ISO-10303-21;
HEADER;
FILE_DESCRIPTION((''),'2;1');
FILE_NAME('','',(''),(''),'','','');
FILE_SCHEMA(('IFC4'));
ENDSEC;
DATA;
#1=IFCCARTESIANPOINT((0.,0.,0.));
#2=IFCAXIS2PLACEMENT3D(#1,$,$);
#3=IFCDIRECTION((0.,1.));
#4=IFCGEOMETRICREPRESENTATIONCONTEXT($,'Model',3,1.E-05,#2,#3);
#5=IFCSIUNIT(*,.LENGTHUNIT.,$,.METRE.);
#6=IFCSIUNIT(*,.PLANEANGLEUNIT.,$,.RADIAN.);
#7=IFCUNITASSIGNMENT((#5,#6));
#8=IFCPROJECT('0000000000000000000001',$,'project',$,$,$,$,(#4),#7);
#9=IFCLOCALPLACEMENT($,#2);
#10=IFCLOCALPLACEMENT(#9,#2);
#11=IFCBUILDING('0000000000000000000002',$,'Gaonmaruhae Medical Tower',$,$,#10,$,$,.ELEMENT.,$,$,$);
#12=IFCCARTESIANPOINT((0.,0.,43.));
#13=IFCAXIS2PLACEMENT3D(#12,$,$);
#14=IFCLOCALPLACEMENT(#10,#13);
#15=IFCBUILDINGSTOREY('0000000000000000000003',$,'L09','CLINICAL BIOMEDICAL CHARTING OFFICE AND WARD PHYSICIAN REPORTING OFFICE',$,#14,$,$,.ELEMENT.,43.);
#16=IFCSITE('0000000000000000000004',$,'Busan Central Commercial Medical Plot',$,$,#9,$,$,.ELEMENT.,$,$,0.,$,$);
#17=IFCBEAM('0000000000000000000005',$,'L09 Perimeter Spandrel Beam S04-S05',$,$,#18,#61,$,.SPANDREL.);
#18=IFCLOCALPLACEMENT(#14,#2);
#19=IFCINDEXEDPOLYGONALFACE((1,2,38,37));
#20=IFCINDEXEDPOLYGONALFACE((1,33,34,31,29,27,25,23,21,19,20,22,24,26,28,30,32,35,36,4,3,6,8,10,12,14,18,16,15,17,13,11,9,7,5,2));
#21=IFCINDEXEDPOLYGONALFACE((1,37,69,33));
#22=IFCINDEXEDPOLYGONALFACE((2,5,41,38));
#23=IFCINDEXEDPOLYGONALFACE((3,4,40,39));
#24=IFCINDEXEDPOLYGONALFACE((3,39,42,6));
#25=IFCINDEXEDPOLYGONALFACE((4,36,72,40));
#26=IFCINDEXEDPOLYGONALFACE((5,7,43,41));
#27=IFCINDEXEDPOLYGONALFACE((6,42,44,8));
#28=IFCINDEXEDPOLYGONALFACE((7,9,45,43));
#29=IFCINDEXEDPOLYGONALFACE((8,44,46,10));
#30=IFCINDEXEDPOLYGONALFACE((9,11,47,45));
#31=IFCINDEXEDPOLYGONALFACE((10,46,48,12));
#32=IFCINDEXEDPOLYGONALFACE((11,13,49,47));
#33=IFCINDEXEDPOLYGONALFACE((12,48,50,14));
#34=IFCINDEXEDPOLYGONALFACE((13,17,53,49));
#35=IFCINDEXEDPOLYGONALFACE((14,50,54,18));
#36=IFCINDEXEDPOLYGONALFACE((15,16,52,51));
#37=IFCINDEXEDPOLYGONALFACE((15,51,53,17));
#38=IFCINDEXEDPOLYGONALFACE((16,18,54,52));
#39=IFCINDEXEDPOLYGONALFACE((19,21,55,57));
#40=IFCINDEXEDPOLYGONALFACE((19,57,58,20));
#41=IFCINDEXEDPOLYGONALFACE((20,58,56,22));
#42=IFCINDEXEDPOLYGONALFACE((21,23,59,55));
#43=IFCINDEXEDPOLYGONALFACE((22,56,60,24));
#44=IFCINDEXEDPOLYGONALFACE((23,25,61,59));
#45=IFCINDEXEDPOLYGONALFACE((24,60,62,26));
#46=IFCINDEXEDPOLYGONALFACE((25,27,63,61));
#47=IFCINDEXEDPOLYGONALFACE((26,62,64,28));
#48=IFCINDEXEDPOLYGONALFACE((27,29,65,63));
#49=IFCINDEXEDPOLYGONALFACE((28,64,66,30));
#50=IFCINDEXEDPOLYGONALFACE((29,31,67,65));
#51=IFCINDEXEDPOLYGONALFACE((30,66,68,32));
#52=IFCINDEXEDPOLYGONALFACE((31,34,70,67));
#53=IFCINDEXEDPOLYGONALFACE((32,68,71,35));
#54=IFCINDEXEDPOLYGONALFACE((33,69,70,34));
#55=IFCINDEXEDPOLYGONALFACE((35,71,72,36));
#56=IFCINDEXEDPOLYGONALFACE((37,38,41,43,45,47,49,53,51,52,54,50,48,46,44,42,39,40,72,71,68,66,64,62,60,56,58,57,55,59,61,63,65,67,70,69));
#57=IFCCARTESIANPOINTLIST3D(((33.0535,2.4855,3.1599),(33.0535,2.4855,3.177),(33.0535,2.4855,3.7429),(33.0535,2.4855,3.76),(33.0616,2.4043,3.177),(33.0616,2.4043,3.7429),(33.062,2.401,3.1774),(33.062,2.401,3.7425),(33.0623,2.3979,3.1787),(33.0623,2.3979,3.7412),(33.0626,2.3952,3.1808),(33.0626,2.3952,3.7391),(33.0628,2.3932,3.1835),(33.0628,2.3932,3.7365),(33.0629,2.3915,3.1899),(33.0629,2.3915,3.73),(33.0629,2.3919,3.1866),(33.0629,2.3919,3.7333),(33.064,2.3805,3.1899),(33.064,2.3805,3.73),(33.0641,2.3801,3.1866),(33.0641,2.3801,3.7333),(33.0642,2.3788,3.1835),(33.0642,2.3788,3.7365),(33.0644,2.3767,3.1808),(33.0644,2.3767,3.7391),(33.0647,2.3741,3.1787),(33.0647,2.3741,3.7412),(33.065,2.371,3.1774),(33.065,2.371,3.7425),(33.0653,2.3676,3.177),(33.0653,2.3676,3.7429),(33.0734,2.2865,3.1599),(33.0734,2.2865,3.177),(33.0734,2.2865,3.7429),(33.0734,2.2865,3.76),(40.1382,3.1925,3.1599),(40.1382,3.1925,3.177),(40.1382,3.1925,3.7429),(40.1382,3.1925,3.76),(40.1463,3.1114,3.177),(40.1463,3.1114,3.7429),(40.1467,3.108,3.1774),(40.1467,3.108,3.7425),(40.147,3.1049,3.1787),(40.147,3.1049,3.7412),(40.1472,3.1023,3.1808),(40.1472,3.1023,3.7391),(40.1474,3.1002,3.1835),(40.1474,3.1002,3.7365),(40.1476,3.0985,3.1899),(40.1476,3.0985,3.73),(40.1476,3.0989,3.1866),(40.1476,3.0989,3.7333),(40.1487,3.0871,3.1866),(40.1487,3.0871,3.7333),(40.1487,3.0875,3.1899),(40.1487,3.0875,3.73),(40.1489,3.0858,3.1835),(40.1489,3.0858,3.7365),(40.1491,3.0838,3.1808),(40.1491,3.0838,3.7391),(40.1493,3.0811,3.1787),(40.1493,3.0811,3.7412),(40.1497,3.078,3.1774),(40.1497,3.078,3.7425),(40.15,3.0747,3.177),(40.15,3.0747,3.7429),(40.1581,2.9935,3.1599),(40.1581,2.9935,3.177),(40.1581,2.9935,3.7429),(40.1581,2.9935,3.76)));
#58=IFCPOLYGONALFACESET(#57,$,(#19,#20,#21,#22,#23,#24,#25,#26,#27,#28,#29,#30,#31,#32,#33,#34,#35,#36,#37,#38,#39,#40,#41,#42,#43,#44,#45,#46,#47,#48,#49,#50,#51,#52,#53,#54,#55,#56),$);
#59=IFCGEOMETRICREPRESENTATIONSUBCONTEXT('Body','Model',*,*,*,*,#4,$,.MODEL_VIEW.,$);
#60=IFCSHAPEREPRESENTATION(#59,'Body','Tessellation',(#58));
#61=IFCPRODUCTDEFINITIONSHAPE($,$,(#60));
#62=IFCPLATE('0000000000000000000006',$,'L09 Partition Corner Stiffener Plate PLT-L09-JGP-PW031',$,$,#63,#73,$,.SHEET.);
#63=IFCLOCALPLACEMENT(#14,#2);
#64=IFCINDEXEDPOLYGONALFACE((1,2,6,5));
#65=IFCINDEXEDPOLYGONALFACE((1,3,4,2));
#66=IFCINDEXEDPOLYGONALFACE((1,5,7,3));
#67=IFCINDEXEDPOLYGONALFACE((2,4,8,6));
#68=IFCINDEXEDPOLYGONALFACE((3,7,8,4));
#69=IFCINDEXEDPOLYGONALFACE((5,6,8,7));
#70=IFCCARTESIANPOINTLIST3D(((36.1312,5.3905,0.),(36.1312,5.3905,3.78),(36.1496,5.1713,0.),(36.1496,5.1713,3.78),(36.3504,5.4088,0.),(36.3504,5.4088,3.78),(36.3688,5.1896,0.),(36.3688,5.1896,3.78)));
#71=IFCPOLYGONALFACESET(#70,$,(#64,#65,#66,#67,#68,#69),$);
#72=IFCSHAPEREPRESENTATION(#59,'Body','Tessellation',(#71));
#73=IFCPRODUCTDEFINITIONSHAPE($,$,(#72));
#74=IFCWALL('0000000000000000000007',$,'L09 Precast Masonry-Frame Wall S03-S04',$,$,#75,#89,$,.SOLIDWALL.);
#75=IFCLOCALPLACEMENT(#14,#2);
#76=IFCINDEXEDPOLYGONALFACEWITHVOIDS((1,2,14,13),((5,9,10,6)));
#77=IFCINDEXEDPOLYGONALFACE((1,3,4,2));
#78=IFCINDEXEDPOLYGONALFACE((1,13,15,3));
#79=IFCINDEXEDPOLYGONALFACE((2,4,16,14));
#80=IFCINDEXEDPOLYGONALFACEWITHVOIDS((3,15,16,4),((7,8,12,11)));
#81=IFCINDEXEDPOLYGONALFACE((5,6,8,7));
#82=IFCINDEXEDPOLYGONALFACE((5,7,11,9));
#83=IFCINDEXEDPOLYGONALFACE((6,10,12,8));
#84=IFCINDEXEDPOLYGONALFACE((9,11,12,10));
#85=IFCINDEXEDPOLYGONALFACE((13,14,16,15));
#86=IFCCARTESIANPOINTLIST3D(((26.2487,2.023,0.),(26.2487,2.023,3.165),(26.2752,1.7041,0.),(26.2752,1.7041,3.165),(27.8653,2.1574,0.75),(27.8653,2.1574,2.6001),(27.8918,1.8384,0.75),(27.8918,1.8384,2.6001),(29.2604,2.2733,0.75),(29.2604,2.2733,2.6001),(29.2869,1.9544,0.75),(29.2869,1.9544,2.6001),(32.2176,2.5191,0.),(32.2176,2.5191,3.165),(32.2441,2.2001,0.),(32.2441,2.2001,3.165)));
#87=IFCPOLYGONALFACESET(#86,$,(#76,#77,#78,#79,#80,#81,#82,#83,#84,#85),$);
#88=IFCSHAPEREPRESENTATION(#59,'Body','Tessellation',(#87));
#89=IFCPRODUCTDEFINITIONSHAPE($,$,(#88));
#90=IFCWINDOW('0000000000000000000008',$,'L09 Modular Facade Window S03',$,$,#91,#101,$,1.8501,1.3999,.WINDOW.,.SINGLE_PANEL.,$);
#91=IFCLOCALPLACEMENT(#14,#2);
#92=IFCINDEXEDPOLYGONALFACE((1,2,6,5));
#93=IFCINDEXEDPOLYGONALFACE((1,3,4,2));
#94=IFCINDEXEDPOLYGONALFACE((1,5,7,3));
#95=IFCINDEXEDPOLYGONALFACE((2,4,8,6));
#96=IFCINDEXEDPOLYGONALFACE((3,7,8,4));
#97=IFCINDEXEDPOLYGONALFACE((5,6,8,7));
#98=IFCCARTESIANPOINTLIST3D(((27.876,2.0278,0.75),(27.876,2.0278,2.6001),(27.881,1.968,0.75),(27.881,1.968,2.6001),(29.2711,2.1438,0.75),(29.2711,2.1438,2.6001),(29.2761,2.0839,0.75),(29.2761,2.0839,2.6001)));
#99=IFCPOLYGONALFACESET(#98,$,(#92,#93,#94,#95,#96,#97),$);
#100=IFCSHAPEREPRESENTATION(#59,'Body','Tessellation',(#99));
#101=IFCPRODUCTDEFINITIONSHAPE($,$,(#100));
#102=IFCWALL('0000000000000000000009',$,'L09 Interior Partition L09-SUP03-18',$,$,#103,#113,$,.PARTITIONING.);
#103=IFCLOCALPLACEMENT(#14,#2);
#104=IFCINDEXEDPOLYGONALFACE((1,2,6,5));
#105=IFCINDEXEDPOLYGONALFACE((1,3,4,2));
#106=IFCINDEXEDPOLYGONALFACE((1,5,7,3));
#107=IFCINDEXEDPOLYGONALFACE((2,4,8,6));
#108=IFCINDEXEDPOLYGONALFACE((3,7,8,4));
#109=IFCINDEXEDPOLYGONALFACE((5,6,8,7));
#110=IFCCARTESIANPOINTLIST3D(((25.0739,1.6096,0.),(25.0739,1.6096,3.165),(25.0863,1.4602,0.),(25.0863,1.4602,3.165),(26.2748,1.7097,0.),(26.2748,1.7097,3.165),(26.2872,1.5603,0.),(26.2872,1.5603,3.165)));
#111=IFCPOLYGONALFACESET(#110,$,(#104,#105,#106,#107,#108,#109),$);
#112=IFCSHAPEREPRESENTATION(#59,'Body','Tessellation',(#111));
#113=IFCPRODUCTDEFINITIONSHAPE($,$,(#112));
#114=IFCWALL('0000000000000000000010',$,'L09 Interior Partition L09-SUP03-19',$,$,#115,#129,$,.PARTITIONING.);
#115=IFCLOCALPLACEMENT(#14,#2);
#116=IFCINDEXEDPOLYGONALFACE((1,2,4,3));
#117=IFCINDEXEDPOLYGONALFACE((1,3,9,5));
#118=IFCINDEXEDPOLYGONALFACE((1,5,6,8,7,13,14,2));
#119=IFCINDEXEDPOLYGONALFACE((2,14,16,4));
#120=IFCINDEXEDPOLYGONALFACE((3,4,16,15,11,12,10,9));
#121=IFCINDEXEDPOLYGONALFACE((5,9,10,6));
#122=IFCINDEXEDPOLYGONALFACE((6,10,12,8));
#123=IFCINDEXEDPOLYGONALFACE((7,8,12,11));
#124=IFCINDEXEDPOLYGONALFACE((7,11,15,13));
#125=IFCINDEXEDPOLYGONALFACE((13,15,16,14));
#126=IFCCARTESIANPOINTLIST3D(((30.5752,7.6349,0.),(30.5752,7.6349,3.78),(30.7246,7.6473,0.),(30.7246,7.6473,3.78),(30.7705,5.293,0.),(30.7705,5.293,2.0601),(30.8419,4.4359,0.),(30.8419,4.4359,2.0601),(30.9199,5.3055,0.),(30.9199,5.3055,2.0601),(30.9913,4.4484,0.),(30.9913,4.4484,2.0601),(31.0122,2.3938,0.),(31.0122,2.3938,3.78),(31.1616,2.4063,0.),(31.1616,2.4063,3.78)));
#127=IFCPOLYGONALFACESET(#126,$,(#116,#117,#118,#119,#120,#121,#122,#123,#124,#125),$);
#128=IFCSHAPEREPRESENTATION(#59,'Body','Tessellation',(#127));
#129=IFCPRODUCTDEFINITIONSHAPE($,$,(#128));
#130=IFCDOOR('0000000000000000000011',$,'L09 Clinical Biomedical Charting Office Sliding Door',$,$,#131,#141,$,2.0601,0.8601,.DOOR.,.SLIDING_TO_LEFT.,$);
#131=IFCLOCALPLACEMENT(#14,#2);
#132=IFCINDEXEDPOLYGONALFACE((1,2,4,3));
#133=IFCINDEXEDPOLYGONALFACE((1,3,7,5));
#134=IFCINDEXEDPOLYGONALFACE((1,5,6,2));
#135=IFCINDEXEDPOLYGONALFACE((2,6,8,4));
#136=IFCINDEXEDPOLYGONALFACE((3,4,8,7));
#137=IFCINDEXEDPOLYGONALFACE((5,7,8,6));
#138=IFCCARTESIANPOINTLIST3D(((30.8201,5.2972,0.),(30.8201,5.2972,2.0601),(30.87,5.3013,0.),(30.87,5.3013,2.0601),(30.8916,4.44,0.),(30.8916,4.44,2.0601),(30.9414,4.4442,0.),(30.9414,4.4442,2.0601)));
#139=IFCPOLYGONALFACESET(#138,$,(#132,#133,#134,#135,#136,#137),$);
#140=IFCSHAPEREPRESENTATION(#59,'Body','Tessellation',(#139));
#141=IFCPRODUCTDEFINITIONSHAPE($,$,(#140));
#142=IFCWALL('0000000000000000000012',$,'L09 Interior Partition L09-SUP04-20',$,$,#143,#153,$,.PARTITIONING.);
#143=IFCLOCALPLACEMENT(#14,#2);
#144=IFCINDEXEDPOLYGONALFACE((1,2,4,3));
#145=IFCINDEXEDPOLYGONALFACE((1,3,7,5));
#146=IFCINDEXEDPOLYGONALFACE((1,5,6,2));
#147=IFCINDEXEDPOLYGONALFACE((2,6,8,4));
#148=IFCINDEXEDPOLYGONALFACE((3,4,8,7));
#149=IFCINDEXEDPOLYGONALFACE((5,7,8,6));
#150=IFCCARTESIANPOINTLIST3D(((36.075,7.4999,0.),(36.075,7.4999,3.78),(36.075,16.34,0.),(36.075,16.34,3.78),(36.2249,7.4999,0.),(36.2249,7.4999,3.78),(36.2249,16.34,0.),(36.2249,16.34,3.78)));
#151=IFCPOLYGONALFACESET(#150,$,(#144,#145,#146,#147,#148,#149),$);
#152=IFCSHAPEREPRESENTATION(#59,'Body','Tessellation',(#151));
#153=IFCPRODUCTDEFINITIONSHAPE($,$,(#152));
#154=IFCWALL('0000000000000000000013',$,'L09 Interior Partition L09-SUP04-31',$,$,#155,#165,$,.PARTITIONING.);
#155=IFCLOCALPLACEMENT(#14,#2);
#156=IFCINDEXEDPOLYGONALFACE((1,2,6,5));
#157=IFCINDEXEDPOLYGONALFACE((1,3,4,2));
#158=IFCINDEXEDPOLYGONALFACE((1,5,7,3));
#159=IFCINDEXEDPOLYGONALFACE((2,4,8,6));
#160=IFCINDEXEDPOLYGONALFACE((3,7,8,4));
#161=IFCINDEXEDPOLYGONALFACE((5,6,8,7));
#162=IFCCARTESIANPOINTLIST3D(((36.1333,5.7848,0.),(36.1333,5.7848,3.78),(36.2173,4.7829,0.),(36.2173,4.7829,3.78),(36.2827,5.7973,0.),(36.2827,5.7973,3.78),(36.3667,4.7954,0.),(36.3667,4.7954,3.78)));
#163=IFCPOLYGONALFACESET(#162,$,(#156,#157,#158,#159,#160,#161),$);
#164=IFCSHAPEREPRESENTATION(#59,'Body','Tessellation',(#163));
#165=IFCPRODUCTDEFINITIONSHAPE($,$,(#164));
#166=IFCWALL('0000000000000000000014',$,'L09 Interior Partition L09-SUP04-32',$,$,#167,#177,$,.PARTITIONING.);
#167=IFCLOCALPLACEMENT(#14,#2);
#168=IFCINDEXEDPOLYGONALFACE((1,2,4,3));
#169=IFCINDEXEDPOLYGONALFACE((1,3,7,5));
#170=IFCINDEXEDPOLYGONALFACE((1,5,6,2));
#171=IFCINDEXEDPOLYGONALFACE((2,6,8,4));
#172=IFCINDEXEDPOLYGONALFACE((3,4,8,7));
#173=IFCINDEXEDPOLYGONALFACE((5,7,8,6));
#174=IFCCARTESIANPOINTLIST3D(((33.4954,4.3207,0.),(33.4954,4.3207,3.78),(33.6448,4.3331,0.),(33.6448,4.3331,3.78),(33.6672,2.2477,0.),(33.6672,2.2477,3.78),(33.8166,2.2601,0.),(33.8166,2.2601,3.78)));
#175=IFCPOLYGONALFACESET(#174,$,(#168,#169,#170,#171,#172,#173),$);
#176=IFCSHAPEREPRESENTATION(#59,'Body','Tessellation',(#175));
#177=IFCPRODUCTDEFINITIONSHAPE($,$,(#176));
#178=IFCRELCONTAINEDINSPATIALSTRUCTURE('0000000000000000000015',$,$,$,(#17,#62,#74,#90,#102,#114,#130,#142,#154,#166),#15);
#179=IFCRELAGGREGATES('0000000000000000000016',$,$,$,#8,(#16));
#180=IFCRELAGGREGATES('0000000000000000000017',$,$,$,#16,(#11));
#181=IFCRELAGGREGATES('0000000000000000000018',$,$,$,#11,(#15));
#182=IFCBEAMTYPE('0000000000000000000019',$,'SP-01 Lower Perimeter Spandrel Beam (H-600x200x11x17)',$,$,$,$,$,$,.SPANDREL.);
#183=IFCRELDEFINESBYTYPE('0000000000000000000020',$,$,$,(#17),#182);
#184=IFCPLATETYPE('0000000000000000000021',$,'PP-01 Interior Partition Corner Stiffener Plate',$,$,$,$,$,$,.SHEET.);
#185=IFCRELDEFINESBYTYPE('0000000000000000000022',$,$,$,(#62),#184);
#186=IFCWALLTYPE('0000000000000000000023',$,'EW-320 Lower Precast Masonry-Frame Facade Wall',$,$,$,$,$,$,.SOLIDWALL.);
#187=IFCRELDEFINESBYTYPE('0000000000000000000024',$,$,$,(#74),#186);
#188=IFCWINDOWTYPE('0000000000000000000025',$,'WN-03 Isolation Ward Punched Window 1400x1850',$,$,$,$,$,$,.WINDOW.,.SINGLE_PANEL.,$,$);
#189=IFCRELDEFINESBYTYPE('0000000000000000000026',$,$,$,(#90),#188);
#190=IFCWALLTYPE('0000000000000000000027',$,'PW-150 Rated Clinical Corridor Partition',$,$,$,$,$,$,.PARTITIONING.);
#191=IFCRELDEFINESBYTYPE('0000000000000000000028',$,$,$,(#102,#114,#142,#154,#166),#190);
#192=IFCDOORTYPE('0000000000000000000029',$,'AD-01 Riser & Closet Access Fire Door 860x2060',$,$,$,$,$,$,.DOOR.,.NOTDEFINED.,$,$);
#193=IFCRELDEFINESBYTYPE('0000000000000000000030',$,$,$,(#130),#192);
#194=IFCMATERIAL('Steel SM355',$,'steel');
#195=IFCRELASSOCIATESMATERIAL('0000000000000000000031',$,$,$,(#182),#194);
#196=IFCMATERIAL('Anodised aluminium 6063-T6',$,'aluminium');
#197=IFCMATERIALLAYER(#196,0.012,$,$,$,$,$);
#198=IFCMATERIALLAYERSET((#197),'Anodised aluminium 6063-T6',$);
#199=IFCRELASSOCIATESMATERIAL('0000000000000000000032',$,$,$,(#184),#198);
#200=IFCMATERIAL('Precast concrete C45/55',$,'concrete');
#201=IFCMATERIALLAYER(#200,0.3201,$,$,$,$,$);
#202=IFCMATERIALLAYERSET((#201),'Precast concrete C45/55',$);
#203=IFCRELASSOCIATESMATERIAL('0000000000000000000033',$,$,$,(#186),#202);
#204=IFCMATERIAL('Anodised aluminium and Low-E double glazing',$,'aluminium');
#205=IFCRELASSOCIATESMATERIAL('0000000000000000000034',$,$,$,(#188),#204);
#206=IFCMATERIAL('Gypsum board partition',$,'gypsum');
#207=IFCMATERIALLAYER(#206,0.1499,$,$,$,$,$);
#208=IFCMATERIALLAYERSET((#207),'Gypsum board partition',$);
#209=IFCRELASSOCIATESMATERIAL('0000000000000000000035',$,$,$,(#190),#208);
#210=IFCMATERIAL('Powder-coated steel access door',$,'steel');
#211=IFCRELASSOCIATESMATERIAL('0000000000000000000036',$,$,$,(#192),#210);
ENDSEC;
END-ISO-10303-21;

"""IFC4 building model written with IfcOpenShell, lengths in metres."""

from ifc_helpers import new_model, si_unit, direction, frame, frame_2d, origin, origin_2d, place, context, subcontext, project, spatial, rectangle, i_section, extrude, material, layer, layer_set, material_profile, profile_set, type_object, element, fill, save


model = new_model("IFC4")

# Units and contexts
model_context = context("Model", 3, precision=1e-05, world=origin(), true_north=direction((0.0, 1.0)))
body_context = subcontext(model_context, "Body", "Model", "MODEL_VIEW")
ifc_project = project(units=[si_unit("LENGTHUNIT", "METRE"), si_unit("PLANEANGLEUNIT", "RADIAN")], contexts=[model_context])

# Site, building, storey
site_placement = place(None, origin())
site = spatial("IfcSite", under=ifc_project, at=site_placement, Name="Busan Central Commercial Medical Plot", CompositionType="ELEMENT", RefElevation=0.0)
building_placement = place(site_placement, origin())
building = spatial("IfcBuilding", under=site, at=building_placement, Name="Gaonmaruhae Medical Tower", CompositionType="ELEMENT")
storey_placement = place(building_placement, frame((0.0, 0.0, 43.0)))
storey = spatial("IfcBuildingStorey", under=building, at=storey_placement, Name="L09", Description="CLINICAL BIOMEDICAL CHARTING OFFICE AND WARD PHYSICIAN REPORTING OFFICE", CompositionType="ELEMENT", Elevation=43.0)

# Beam
ifc_material_1 = material(Name="Steel SM355", Category="steel")
ifc_material_profile_1 = material_profile(ifc_material_1, i_section(OverallWidth=0.2, OverallDepth=0.6001, WebThickness=0.011, FlangeThickness=0.0171, FilletRadius=0.0129, at=origin_2d()), Name="H-600x200x11x17")
ifc_profile_set_1 = profile_set([ifc_material_profile_1], Name="Steel SM355")
beam_type_1 = type_object("IfcBeamType", Name="SP-01 Lower Perimeter Spandrel Beam (H-600x200x11x17)", PredefinedType="SPANDREL", material=ifc_profile_set_1)
for number, where, z_axis, x_axis, name in (
    (1, (33.0635, 2.386, 3.46), (0.995057, 0.099303, 0.0), (-0.099303, 0.995057, 0.0), "L09 Perimeter Spandrel Beam S04-S05"),
):
    element("IfcBeam", number, at=place(storey_placement, frame(where, z_axis=z_axis, x_axis=x_axis)), inside=storey, type_object=beam_type_1, Name=name, PredefinedType="SPANDREL", context=body_context, shape_type="SweptSolid", body=[
        extrude(i_section(OverallWidth=0.2, OverallDepth=0.6001, WebThickness=0.011, FlangeThickness=0.0171, FilletRadius=0.0129, at=origin_2d()), origin(), (0.0, 0.0, 1.0), 7.1199),
    ])

# Plate
ifc_material_2 = material(Name="Anodised aluminium 6063-T6", Category="aluminium")
ifc_layer_1 = layer(ifc_material_2, 0.012)
ifc_layer_set_1 = layer_set([ifc_layer_1], Name="Anodised aluminium 6063-T6")
plate_type = type_object("IfcPlateType", Name="PP-01 Interior Partition Corner Stiffener Plate", PredefinedType="SHEET", material=ifc_layer_set_1)
plate_placement = place(storey_placement, frame((36.25, 5.29, 0.0), z_axis=(0.0, 0.0, 1.0), x_axis=(0.083539, -0.996505, 0.0)))
element("IfcPlate", 2, at=plate_placement, inside=storey, type_object=plate_type, Name="L09 Partition Corner Stiffener Plate PLT-L09-JGP-PW031", PredefinedType="SHEET", context=body_context, shape_type="SweptSolid", body=[
    extrude(rectangle(XDim=0.22, YDim=0.22, at=origin_2d()), origin(), (0.0, 0.0, 1.0), 3.78),
])

# Wall, opening, window
ifc_material_3 = material(Name="Precast concrete C45/55", Category="concrete")
ifc_layer_2 = layer(ifc_material_3, 0.3201)
ifc_layer_set_2 = layer_set([ifc_layer_2], Name="Precast concrete C45/55")
wall_type_1 = type_object("IfcWallType", Name="EW-320 Lower Precast Masonry-Frame Facade Wall", PredefinedType="SOLIDWALL", material=ifc_layer_set_2)
wall_1_placement = place(storey_placement, frame((32.2307, 2.3596, 0.0), z_axis=(0.0, 0.0, 1.0), x_axis=(-0.996564, -0.082826, 0.0)))
wall_1 = element("IfcWall", 3, at=wall_1_placement, inside=storey, type_object=wall_type_1, Name="L09 Precast Masonry-Frame Wall S03-S04", PredefinedType="SOLIDWALL", context=body_context, shape_type="SweptSolid", body=[
    extrude(rectangle(XDim=5.9895, YDim=0.3201, at=frame_2d((2.9946, 0.0))), origin(), (0.0, 0.0, 1.0), 3.165),
])
opening_1_placement = place(wall_1_placement, frame((2.9673, 0.0, 0.75)))
opening_1 = element("IfcOpeningElement", 4, at=opening_1_placement, cuts=wall_1, PredefinedType="OPENING", context=body_context, shape_type="SweptSolid", body=[
    extrude(rectangle(XDim=1.3999, YDim=1.8501, at=frame_2d((0.7, 0.925))), frame((0.0, 0.1699, 0.0), z_axis=(0.0, -1.0, 0.0), x_axis=(1.0, 0.0, 0.0)), (0.0, 0.0, 1.0), 0.3401),
])
ifc_material_4 = material(Name="Anodised aluminium and Low-E double glazing", Category="aluminium")
window_type = type_object("IfcWindowType", Name="WN-03 Isolation Ward Punched Window 1400x1850", PartitioningType="SINGLE_PANEL", PredefinedType="WINDOW", material=ifc_material_4)
window_placement = place(opening_1_placement, origin())
window = element("IfcWindow", 5, at=window_placement, inside=storey, type_object=window_type, Name="L09 Modular Facade Window S03", OverallHeight=1.8501, OverallWidth=1.3999, PartitioningType="SINGLE_PANEL", PredefinedType="WINDOW", context=body_context, shape_type="SweptSolid", body=[
    extrude(rectangle(XDim=1.3999, YDim=1.8501, at=frame_2d((0.7, 0.925))), frame((0.0, 0.03, 0.0), z_axis=(0.0, -1.0, 0.0), x_axis=(1.0, 0.0, 0.0)), (0.0, 0.0, 1.0), 0.0601),
])
fill(opening_1, window)

# Wall
ifc_material_5 = material(Name="Gypsum board partition", Category="gypsum")
ifc_layer_3 = layer(ifc_material_5, 0.1499)
ifc_layer_set_3 = layer_set([ifc_layer_3], Name="Gypsum board partition")
wall_type_2 = type_object("IfcWallType", Name="PW-150 Rated Clinical Corridor Partition", PredefinedType="PARTITIONING", material=ifc_layer_set_3)
wall_2_placement = place(storey_placement, frame((26.281, 1.635, 0.0), z_axis=(0.0, 0.0, 1.0), x_axis=(-0.996544, -0.083062, 0.0)))
element("IfcWall", 6, at=wall_2_placement, inside=storey, type_object=wall_type_2, Name="L09 Interior Partition L09-SUP03-18", PredefinedType="PARTITIONING", context=body_context, shape_type="SweptSolid", body=[
    extrude(rectangle(XDim=1.2051, YDim=0.1499, at=frame_2d((0.6025, 0.0))), origin(), (0.0, 0.0, 1.0), 3.165),
])

# Wall, opening, door
wall_3_placement = place(storey_placement, frame((30.6499, 7.6411, 0.0), z_axis=(0.0, 0.0, 1.0), x_axis=(0.083092, -0.996542, 0.0)))
wall_3 = element("IfcWall", 7, at=wall_3_placement, inside=storey, type_object=wall_type_2, Name="L09 Interior Partition L09-SUP03-19", PredefinedType="PARTITIONING", context=body_context, shape_type="SweptSolid", body=[
    extrude(rectangle(XDim=5.2593, YDim=0.1499, at=frame_2d((2.6296, 0.0))), origin(), (0.0, 0.0, 1.0), 3.78),
])
opening_2_placement = place(wall_3_placement, frame((2.3499, 0.0, 0.0)))
opening_2 = element("IfcOpeningElement", 8, at=opening_2_placement, cuts=wall_3, PredefinedType="OPENING", context=body_context, shape_type="SweptSolid", body=[
    extrude(rectangle(XDim=0.8601, YDim=2.0601, at=frame_2d((0.4302, 1.03))), frame((0.0, 0.085, 0.0), z_axis=(0.0, -1.0, 0.0), x_axis=(1.0, 0.0, 0.0)), (0.0, 0.0, 1.0), 0.1699),
])
ifc_material_6 = material(Name="Powder-coated steel access door", Category="steel")
door_type = type_object("IfcDoorType", Name="AD-01 Riser & Closet Access Fire Door 860x2060", OperationType="NOTDEFINED", PredefinedType="DOOR", material=ifc_material_6)
door_placement = place(opening_2_placement, origin())
door = element("IfcDoor", 9, at=door_placement, inside=storey, type_object=door_type, Name="L09 Clinical Biomedical Charting Office Sliding Door", OperationType="SLIDING_TO_LEFT", OverallHeight=2.0601, OverallWidth=0.8601, PredefinedType="DOOR", context=body_context, shape_type="SweptSolid", body=[
    extrude(rectangle(XDim=0.8601, YDim=2.0601, at=frame_2d((0.4302, 1.03))), frame((0.0, 0.0249, 0.0), z_axis=(0.0, -1.0, 0.0), x_axis=(1.0, 0.0, 0.0)), (0.0, 0.0, 1.0), 0.05),
])
fill(opening_2, door)

# Walls
wall_4_placement = place(storey_placement, frame((36.1499, 7.5, 0.0), z_axis=(0.0, 0.0, 1.0), x_axis=(0.0, 1.0, 0.0)))
element("IfcWall", 10, at=wall_4_placement, inside=storey, type_object=wall_type_2, Name="L09 Interior Partition L09-SUP04-20", PredefinedType="PARTITIONING", context=body_context, shape_type="SweptSolid", body=[
    extrude(rectangle(XDim=8.8401, YDim=0.1499, at=frame_2d((4.4199, 0.0))), origin(), (0.0, 0.0, 1.0), 3.78),
])
wall_5_placement = place(storey_placement, frame((36.208, 5.791, 0.0), z_axis=(0.0, 0.0, 1.0), x_axis=(0.083528, -0.996505, 0.0)))
element("IfcWall", 11, at=wall_5_placement, inside=storey, type_object=wall_type_2, Name="L09 Interior Partition L09-SUP04-31", PredefinedType="PARTITIONING", context=body_context, shape_type="SweptSolid", body=[
    extrude(rectangle(XDim=1.0054, YDim=0.1499, at=frame_2d((0.5027, 0.0))), origin(), (0.0, 0.0, 1.0), 3.78),
])
wall_6_placement = place(storey_placement, frame((33.5701, 4.3269, 0.0), z_axis=(0.0, 0.0, 1.0), x_axis=(0.082628, -0.99658, 0.0)))
element("IfcWall", 12, at=wall_6_placement, inside=storey, type_object=wall_type_2, Name="L09 Interior Partition L09-SUP04-32", PredefinedType="PARTITIONING", context=body_context, shape_type="SweptSolid", body=[
    extrude(rectangle(XDim=2.0801, YDim=0.1499, at=frame_2d((1.04, 0.0))), origin(), (0.0, 0.0, 1.0), 3.78),
])

save(model, "model.ifc")
